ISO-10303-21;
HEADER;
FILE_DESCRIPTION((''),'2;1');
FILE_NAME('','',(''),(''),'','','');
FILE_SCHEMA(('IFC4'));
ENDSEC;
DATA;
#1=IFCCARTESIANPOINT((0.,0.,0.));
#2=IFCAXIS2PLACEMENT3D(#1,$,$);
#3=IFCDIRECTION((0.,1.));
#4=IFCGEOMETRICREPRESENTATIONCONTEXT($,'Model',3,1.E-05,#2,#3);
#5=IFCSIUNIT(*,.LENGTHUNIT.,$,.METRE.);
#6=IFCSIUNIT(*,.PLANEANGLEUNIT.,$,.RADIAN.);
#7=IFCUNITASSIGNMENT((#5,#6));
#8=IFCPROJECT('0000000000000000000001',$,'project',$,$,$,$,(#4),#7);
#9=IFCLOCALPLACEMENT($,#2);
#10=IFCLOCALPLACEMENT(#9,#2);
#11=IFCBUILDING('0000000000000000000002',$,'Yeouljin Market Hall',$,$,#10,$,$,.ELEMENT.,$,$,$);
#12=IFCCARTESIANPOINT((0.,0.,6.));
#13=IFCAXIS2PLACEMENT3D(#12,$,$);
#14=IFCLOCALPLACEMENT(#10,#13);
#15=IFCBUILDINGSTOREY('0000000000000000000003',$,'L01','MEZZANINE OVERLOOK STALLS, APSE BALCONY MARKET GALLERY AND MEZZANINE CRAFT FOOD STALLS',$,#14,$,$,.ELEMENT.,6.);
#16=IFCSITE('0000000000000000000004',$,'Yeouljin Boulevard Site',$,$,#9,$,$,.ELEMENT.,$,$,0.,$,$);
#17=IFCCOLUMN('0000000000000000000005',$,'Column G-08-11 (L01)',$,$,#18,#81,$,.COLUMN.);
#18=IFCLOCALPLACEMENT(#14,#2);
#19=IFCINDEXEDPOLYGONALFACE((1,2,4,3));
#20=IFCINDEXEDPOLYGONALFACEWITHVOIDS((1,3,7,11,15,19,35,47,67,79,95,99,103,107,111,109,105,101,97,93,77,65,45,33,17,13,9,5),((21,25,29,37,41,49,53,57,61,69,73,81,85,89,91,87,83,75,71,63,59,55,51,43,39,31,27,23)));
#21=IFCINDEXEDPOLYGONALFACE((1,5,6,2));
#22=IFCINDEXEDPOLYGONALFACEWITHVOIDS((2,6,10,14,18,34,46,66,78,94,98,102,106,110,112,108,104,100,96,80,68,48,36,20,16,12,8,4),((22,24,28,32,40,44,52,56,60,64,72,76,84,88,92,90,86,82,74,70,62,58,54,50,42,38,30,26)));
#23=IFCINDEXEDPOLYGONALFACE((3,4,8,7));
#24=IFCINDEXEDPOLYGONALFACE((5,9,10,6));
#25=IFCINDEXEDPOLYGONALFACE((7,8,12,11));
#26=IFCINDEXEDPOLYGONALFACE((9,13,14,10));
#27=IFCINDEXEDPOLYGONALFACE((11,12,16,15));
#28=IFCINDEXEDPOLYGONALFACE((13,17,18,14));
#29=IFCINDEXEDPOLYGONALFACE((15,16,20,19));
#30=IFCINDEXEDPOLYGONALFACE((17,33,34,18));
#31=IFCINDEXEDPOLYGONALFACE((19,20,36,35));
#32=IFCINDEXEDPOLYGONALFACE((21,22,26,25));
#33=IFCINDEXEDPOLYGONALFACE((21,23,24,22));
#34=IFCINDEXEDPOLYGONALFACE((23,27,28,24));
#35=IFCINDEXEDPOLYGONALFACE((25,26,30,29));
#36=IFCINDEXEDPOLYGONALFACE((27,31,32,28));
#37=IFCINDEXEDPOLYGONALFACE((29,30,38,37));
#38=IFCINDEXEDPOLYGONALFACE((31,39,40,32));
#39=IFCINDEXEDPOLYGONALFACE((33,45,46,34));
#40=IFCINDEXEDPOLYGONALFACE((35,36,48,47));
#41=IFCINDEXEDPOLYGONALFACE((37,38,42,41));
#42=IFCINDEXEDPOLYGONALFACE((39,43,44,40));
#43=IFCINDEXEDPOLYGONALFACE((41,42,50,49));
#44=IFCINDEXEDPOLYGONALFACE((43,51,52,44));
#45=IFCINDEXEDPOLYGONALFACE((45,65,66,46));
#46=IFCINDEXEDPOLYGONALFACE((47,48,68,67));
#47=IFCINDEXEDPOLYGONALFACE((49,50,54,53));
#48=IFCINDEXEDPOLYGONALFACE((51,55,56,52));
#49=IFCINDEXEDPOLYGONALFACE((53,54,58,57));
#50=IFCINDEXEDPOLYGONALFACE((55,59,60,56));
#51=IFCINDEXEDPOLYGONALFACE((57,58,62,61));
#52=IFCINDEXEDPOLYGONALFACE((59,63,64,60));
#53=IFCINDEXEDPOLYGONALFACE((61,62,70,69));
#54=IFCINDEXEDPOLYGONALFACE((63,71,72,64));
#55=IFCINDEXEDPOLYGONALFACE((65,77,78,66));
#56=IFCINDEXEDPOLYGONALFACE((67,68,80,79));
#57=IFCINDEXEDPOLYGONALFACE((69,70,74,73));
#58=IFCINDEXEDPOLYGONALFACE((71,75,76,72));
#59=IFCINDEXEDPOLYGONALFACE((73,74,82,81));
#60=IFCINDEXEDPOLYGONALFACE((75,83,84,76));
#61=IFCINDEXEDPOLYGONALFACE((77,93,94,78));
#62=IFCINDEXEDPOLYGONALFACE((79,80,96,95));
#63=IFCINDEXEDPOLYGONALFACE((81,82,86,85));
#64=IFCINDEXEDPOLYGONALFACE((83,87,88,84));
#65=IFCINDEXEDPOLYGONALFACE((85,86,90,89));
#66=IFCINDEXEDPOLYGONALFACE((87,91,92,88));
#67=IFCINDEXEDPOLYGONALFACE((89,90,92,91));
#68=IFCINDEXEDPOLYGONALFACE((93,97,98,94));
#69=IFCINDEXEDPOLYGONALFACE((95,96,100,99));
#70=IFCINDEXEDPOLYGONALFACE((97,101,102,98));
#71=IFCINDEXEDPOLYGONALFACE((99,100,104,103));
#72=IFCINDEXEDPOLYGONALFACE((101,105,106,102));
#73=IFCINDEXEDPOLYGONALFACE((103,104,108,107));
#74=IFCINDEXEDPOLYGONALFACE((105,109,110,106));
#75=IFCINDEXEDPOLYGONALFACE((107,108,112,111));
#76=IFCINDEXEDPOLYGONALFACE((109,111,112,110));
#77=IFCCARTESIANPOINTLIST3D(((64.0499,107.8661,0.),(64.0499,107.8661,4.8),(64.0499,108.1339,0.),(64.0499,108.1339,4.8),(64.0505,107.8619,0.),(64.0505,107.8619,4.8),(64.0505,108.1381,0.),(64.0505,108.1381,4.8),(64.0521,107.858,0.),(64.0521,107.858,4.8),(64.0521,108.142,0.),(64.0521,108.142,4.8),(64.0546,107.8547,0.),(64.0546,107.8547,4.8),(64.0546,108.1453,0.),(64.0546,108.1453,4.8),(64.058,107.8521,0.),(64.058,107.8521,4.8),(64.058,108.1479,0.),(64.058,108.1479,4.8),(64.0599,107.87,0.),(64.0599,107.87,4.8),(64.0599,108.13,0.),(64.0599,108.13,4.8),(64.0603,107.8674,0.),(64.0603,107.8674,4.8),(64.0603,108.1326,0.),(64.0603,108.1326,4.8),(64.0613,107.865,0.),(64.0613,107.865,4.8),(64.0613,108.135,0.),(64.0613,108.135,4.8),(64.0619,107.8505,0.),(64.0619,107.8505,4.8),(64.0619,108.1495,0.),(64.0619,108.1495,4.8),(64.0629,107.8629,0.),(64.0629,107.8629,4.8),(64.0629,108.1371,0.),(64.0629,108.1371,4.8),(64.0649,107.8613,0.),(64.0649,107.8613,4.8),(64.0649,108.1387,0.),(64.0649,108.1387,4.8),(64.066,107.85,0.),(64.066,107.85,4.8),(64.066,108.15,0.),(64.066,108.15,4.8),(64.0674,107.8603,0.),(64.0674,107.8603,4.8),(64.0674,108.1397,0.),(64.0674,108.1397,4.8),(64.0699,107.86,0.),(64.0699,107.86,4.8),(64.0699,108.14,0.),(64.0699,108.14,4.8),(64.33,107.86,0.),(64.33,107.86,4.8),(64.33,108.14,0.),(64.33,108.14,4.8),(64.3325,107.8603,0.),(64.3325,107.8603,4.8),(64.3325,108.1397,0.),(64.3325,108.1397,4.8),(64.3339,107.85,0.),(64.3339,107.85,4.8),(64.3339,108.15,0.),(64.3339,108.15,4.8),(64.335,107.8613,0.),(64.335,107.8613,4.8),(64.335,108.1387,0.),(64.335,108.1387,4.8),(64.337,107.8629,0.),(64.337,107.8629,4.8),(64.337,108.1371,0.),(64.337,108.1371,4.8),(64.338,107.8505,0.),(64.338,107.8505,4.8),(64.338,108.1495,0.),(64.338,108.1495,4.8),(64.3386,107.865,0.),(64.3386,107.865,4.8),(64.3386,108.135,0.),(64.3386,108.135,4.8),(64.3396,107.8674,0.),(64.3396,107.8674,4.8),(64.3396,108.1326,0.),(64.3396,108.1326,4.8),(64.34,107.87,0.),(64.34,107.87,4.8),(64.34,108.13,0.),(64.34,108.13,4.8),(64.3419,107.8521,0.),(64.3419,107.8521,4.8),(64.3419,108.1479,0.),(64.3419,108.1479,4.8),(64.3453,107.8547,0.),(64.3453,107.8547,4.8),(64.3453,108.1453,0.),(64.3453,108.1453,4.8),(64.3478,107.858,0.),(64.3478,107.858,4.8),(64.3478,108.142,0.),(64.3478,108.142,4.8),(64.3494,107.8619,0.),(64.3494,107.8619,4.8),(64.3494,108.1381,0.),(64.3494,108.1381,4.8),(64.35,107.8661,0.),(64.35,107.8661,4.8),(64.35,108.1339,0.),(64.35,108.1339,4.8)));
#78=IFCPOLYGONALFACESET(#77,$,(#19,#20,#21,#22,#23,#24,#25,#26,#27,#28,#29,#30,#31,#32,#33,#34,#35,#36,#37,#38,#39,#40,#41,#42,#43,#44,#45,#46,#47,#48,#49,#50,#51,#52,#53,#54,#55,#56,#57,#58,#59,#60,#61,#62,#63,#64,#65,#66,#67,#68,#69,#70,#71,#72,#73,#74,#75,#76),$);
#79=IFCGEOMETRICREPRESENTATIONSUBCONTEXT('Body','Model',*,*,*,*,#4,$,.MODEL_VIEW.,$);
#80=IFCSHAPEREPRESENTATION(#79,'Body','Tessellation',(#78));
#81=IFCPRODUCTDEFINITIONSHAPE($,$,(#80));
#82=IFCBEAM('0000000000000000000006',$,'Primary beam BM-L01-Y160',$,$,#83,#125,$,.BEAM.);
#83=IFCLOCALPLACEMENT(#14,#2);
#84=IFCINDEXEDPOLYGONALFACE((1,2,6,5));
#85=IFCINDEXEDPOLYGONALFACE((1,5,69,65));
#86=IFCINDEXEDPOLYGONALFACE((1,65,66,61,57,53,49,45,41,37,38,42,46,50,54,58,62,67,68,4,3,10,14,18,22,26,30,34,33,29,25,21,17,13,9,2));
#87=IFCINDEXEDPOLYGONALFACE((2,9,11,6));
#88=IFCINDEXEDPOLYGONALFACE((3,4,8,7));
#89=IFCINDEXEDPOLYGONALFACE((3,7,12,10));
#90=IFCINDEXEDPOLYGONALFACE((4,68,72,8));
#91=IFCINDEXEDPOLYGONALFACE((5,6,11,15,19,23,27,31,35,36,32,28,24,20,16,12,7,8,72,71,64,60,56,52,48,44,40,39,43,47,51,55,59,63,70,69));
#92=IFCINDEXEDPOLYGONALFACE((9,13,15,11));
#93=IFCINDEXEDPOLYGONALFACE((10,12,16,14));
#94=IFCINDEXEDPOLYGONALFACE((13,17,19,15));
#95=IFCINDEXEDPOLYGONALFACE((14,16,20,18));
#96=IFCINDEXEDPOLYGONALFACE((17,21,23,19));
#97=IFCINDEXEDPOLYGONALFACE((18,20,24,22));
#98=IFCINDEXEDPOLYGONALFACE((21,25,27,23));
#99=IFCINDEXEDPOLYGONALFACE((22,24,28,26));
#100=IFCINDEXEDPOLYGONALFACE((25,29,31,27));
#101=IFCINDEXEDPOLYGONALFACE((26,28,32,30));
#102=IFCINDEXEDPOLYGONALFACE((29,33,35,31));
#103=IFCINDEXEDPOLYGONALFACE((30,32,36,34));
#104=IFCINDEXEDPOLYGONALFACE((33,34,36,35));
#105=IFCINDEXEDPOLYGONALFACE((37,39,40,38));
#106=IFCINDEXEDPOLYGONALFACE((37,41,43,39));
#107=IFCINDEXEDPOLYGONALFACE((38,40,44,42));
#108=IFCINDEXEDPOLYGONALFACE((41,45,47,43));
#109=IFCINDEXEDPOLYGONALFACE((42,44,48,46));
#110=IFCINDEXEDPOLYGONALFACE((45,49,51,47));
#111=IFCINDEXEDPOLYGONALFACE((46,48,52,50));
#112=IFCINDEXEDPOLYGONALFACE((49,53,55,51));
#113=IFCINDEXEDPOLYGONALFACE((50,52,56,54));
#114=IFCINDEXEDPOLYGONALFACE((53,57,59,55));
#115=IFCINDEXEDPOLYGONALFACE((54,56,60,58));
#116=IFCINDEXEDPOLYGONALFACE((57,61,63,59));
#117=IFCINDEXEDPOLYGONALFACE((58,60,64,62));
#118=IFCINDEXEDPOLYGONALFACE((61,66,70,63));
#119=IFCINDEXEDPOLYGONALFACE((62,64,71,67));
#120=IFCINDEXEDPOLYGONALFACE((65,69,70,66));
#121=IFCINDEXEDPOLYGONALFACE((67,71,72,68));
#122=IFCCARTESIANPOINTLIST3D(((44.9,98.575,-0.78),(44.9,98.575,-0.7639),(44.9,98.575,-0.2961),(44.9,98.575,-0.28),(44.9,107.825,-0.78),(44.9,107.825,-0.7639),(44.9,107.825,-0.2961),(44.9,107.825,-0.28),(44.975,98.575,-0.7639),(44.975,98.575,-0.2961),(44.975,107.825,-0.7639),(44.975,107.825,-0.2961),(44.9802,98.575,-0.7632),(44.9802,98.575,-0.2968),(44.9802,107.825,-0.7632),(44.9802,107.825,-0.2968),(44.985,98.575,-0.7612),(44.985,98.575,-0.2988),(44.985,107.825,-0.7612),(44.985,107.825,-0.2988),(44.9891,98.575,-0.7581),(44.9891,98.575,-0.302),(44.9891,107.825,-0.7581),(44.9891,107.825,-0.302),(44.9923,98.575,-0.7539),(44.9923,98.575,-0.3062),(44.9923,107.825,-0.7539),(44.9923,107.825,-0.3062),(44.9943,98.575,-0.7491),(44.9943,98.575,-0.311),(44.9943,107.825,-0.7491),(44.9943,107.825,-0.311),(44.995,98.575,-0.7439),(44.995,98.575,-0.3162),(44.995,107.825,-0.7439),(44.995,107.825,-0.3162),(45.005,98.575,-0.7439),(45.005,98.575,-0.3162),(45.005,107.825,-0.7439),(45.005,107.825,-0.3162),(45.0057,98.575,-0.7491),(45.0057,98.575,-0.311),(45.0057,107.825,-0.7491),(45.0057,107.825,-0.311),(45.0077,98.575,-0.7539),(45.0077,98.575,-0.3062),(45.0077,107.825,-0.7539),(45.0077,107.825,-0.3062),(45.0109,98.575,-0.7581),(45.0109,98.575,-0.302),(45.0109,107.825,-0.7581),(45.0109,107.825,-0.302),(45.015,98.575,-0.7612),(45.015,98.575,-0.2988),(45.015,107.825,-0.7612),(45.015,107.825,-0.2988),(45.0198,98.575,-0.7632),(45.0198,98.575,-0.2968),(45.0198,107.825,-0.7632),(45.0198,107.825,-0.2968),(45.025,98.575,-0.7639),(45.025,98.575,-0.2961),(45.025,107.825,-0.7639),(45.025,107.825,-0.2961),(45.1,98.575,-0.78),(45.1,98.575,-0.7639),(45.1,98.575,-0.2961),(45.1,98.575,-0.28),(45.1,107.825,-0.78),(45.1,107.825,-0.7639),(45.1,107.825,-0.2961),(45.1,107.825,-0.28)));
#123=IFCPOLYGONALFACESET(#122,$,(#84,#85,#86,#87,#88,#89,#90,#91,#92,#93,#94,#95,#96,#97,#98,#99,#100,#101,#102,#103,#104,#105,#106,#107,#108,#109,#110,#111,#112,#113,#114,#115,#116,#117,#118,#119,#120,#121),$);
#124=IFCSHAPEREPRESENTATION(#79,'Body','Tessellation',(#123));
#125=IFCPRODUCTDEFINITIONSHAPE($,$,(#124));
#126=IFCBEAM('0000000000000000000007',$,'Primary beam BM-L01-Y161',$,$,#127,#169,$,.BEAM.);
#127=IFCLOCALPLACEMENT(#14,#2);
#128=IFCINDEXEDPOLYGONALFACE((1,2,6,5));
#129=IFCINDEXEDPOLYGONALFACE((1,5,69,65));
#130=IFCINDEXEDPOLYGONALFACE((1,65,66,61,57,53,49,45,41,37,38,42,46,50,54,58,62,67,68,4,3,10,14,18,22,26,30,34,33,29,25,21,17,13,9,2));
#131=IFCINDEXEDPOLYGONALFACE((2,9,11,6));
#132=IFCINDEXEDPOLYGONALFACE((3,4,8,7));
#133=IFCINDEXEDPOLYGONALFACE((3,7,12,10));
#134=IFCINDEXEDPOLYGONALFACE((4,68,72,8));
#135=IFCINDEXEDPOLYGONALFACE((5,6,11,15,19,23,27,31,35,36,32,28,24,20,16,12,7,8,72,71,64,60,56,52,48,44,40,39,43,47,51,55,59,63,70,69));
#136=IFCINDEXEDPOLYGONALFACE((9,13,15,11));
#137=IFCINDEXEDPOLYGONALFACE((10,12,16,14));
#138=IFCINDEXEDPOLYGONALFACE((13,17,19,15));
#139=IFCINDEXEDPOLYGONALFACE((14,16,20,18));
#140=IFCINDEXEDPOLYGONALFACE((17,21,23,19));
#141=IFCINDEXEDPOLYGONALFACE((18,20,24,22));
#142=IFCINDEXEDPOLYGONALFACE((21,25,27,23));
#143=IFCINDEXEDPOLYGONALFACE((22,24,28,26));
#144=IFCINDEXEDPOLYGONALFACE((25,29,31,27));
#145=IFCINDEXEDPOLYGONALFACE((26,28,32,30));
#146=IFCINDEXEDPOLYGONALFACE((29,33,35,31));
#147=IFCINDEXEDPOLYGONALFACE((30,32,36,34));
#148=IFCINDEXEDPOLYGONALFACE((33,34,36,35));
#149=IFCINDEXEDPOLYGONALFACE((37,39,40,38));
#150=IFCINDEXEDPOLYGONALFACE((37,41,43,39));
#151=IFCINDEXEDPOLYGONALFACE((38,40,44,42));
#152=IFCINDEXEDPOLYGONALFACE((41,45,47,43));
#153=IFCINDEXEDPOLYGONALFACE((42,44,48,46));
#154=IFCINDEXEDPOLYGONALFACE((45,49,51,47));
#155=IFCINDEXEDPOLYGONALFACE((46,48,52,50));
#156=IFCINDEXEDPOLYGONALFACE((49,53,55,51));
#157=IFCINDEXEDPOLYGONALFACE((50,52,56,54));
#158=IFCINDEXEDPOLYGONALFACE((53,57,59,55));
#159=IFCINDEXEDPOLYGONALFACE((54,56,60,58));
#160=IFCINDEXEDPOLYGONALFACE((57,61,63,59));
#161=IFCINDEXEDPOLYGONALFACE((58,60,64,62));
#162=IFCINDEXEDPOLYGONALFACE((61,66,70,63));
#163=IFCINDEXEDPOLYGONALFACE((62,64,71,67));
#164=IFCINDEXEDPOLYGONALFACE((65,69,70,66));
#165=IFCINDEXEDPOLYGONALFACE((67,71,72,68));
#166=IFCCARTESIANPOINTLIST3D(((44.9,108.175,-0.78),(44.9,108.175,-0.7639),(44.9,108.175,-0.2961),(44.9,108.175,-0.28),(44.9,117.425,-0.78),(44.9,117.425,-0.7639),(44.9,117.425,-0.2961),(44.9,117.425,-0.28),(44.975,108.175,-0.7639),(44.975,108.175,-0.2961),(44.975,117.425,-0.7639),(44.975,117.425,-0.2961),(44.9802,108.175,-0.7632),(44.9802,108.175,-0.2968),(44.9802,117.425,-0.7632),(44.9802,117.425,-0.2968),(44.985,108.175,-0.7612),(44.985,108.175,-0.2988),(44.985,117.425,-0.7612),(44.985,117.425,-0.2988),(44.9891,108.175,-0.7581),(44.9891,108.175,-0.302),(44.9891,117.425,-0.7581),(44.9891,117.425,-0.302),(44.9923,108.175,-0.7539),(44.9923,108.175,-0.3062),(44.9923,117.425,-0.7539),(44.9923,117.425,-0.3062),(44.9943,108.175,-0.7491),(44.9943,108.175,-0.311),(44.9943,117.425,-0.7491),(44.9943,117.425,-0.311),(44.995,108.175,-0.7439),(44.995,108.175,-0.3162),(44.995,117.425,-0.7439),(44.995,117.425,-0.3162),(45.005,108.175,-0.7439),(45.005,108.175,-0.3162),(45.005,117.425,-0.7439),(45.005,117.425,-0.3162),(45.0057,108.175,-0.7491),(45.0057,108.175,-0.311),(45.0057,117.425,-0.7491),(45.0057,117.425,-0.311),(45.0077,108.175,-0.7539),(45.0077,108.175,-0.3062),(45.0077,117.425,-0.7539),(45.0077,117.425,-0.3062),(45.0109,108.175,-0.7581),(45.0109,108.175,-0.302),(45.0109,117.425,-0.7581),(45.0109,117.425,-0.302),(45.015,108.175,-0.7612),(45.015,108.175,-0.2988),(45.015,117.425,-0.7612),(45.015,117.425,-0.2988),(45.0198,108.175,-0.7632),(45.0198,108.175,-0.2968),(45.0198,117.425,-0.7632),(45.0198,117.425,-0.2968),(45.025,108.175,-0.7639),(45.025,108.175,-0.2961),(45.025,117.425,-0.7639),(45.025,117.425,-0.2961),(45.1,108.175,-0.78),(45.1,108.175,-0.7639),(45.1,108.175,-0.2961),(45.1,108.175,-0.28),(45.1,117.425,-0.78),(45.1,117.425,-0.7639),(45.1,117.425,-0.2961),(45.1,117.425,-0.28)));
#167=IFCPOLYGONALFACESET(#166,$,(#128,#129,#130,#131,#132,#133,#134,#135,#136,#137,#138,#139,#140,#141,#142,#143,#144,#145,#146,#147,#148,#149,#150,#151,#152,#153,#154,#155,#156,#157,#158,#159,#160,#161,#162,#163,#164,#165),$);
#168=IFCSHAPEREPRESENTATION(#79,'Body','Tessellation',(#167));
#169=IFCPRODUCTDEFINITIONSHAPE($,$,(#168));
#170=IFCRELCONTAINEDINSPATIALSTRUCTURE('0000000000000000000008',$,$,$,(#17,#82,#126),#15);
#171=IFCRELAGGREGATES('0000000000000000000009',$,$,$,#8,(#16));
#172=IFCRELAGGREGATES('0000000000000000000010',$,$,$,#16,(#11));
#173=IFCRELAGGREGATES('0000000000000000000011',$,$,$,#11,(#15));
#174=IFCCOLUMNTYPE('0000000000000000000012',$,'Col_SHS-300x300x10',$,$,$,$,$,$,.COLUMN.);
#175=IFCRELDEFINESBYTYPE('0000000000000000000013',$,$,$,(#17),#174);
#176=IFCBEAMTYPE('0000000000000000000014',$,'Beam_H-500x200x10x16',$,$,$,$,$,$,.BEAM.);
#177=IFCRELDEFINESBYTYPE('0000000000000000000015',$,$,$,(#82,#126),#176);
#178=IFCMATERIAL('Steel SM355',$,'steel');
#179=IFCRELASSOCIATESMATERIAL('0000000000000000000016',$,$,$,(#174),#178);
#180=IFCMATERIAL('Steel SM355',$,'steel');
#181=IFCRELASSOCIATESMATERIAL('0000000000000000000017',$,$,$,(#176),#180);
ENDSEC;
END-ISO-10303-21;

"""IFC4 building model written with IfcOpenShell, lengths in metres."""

from ifc_helpers import new_model, si_unit, direction, frame, origin, origin_2d, place, context, subcontext, project, spatial, hollow_rectangle, i_section, extrude, material, material_profile, profile_set, type_object, element, save


model = new_model("IFC4")

# Units and contexts
model_context = context("Model", 3, precision=1e-05, world=origin(), true_north=direction((0.0, 1.0)))
body_context = subcontext(model_context, "Body", "Model", "MODEL_VIEW")
ifc_project = project(units=[si_unit("LENGTHUNIT", "METRE"), si_unit("PLANEANGLEUNIT", "RADIAN")], contexts=[model_context])

# Site, building, storey
site_placement = place(None, origin())
site = spatial("IfcSite", under=ifc_project, at=site_placement, Name="Yeouljin Boulevard Site", CompositionType="ELEMENT", RefElevation=0.0)
building_placement = place(site_placement, origin())
building = spatial("IfcBuilding", under=site, at=building_placement, Name="Yeouljin Market Hall", CompositionType="ELEMENT")
storey_placement = place(building_placement, frame((0.0, 0.0, 6.0)))
storey = spatial("IfcBuildingStorey", under=building, at=storey_placement, Name="L01", Description="MEZZANINE OVERLOOK STALLS, APSE BALCONY MARKET GALLERY AND MEZZANINE CRAFT FOOD STALLS", CompositionType="ELEMENT", Elevation=6.0)

# Column
ifc_material_1 = material(Name="Steel SM355", Category="steel")
ifc_material_profile_1 = material_profile(ifc_material_1, hollow_rectangle(XDim=0.3, YDim=0.3, WallThickness=0.01, InnerFilletRadius=0.01, OuterFilletRadius=0.0161, at=origin_2d()), Name="SHS-300x300x10")
ifc_profile_set_1 = profile_set([ifc_material_profile_1], Name="Steel SM355")
column_type = type_object("IfcColumnType", Name="Col_SHS-300x300x10", PredefinedType="COLUMN", material=ifc_profile_set_1)
column_placement = place(storey_placement, frame((64.2, 108.0, 0.0), z_axis=(0.0, 0.0, 1.0), x_axis=(1.0, 0.0, 0.0)))
element("IfcColumn", 1, at=column_placement, inside=storey, type_object=column_type, Name="Column G-08-11 (L01)", PredefinedType="COLUMN", context=body_context, shape_type="SweptSolid", body=[
    extrude(hollow_rectangle(XDim=0.3, YDim=0.3, WallThickness=0.01, InnerFilletRadius=0.01, OuterFilletRadius=0.0161, at=origin_2d()), origin(), (0.0, 0.0, 1.0), 4.8),
])

# Beams
ifc_material_2 = material(Name="Steel SM355", Category="steel")
ifc_material_profile_2 = material_profile(ifc_material_2, i_section(OverallWidth=0.2, OverallDepth=0.5, WebThickness=0.01, FlangeThickness=0.0161, FilletRadius=0.02, at=origin_2d()), Name="H-500x200x10x16")
ifc_profile_set_2 = profile_set([ifc_material_profile_2], Name="Steel SM355")
beam_type_1 = type_object("IfcBeamType", Name="Beam_H-500x200x10x16", PredefinedType="BEAM", material=ifc_profile_set_2)
for number, where, z_axis, x_axis, name in (
    (2, (45.0, 98.575, -0.53), (0.0, 1.0, 0.0), (-1.0, 0.0, 0.0), "Primary beam BM-L01-Y160"),
    (3, (45.0, 108.175, -0.53), (0.0, 1.0, 0.0), (-1.0, 0.0, 0.0), "Primary beam BM-L01-Y161"),
):
    element("IfcBeam", number, at=place(storey_placement, frame(where, z_axis=z_axis, x_axis=x_axis)), inside=storey, type_object=beam_type_1, Name=name, PredefinedType="BEAM", context=body_context, shape_type="SweptSolid", body=[
        extrude(i_section(OverallWidth=0.2, OverallDepth=0.5, WebThickness=0.01, FlangeThickness=0.0161, FilletRadius=0.02, at=origin_2d()), origin(), (0.0, 0.0, 1.0), 9.25),
    ])

save(model, "model.ifc")
